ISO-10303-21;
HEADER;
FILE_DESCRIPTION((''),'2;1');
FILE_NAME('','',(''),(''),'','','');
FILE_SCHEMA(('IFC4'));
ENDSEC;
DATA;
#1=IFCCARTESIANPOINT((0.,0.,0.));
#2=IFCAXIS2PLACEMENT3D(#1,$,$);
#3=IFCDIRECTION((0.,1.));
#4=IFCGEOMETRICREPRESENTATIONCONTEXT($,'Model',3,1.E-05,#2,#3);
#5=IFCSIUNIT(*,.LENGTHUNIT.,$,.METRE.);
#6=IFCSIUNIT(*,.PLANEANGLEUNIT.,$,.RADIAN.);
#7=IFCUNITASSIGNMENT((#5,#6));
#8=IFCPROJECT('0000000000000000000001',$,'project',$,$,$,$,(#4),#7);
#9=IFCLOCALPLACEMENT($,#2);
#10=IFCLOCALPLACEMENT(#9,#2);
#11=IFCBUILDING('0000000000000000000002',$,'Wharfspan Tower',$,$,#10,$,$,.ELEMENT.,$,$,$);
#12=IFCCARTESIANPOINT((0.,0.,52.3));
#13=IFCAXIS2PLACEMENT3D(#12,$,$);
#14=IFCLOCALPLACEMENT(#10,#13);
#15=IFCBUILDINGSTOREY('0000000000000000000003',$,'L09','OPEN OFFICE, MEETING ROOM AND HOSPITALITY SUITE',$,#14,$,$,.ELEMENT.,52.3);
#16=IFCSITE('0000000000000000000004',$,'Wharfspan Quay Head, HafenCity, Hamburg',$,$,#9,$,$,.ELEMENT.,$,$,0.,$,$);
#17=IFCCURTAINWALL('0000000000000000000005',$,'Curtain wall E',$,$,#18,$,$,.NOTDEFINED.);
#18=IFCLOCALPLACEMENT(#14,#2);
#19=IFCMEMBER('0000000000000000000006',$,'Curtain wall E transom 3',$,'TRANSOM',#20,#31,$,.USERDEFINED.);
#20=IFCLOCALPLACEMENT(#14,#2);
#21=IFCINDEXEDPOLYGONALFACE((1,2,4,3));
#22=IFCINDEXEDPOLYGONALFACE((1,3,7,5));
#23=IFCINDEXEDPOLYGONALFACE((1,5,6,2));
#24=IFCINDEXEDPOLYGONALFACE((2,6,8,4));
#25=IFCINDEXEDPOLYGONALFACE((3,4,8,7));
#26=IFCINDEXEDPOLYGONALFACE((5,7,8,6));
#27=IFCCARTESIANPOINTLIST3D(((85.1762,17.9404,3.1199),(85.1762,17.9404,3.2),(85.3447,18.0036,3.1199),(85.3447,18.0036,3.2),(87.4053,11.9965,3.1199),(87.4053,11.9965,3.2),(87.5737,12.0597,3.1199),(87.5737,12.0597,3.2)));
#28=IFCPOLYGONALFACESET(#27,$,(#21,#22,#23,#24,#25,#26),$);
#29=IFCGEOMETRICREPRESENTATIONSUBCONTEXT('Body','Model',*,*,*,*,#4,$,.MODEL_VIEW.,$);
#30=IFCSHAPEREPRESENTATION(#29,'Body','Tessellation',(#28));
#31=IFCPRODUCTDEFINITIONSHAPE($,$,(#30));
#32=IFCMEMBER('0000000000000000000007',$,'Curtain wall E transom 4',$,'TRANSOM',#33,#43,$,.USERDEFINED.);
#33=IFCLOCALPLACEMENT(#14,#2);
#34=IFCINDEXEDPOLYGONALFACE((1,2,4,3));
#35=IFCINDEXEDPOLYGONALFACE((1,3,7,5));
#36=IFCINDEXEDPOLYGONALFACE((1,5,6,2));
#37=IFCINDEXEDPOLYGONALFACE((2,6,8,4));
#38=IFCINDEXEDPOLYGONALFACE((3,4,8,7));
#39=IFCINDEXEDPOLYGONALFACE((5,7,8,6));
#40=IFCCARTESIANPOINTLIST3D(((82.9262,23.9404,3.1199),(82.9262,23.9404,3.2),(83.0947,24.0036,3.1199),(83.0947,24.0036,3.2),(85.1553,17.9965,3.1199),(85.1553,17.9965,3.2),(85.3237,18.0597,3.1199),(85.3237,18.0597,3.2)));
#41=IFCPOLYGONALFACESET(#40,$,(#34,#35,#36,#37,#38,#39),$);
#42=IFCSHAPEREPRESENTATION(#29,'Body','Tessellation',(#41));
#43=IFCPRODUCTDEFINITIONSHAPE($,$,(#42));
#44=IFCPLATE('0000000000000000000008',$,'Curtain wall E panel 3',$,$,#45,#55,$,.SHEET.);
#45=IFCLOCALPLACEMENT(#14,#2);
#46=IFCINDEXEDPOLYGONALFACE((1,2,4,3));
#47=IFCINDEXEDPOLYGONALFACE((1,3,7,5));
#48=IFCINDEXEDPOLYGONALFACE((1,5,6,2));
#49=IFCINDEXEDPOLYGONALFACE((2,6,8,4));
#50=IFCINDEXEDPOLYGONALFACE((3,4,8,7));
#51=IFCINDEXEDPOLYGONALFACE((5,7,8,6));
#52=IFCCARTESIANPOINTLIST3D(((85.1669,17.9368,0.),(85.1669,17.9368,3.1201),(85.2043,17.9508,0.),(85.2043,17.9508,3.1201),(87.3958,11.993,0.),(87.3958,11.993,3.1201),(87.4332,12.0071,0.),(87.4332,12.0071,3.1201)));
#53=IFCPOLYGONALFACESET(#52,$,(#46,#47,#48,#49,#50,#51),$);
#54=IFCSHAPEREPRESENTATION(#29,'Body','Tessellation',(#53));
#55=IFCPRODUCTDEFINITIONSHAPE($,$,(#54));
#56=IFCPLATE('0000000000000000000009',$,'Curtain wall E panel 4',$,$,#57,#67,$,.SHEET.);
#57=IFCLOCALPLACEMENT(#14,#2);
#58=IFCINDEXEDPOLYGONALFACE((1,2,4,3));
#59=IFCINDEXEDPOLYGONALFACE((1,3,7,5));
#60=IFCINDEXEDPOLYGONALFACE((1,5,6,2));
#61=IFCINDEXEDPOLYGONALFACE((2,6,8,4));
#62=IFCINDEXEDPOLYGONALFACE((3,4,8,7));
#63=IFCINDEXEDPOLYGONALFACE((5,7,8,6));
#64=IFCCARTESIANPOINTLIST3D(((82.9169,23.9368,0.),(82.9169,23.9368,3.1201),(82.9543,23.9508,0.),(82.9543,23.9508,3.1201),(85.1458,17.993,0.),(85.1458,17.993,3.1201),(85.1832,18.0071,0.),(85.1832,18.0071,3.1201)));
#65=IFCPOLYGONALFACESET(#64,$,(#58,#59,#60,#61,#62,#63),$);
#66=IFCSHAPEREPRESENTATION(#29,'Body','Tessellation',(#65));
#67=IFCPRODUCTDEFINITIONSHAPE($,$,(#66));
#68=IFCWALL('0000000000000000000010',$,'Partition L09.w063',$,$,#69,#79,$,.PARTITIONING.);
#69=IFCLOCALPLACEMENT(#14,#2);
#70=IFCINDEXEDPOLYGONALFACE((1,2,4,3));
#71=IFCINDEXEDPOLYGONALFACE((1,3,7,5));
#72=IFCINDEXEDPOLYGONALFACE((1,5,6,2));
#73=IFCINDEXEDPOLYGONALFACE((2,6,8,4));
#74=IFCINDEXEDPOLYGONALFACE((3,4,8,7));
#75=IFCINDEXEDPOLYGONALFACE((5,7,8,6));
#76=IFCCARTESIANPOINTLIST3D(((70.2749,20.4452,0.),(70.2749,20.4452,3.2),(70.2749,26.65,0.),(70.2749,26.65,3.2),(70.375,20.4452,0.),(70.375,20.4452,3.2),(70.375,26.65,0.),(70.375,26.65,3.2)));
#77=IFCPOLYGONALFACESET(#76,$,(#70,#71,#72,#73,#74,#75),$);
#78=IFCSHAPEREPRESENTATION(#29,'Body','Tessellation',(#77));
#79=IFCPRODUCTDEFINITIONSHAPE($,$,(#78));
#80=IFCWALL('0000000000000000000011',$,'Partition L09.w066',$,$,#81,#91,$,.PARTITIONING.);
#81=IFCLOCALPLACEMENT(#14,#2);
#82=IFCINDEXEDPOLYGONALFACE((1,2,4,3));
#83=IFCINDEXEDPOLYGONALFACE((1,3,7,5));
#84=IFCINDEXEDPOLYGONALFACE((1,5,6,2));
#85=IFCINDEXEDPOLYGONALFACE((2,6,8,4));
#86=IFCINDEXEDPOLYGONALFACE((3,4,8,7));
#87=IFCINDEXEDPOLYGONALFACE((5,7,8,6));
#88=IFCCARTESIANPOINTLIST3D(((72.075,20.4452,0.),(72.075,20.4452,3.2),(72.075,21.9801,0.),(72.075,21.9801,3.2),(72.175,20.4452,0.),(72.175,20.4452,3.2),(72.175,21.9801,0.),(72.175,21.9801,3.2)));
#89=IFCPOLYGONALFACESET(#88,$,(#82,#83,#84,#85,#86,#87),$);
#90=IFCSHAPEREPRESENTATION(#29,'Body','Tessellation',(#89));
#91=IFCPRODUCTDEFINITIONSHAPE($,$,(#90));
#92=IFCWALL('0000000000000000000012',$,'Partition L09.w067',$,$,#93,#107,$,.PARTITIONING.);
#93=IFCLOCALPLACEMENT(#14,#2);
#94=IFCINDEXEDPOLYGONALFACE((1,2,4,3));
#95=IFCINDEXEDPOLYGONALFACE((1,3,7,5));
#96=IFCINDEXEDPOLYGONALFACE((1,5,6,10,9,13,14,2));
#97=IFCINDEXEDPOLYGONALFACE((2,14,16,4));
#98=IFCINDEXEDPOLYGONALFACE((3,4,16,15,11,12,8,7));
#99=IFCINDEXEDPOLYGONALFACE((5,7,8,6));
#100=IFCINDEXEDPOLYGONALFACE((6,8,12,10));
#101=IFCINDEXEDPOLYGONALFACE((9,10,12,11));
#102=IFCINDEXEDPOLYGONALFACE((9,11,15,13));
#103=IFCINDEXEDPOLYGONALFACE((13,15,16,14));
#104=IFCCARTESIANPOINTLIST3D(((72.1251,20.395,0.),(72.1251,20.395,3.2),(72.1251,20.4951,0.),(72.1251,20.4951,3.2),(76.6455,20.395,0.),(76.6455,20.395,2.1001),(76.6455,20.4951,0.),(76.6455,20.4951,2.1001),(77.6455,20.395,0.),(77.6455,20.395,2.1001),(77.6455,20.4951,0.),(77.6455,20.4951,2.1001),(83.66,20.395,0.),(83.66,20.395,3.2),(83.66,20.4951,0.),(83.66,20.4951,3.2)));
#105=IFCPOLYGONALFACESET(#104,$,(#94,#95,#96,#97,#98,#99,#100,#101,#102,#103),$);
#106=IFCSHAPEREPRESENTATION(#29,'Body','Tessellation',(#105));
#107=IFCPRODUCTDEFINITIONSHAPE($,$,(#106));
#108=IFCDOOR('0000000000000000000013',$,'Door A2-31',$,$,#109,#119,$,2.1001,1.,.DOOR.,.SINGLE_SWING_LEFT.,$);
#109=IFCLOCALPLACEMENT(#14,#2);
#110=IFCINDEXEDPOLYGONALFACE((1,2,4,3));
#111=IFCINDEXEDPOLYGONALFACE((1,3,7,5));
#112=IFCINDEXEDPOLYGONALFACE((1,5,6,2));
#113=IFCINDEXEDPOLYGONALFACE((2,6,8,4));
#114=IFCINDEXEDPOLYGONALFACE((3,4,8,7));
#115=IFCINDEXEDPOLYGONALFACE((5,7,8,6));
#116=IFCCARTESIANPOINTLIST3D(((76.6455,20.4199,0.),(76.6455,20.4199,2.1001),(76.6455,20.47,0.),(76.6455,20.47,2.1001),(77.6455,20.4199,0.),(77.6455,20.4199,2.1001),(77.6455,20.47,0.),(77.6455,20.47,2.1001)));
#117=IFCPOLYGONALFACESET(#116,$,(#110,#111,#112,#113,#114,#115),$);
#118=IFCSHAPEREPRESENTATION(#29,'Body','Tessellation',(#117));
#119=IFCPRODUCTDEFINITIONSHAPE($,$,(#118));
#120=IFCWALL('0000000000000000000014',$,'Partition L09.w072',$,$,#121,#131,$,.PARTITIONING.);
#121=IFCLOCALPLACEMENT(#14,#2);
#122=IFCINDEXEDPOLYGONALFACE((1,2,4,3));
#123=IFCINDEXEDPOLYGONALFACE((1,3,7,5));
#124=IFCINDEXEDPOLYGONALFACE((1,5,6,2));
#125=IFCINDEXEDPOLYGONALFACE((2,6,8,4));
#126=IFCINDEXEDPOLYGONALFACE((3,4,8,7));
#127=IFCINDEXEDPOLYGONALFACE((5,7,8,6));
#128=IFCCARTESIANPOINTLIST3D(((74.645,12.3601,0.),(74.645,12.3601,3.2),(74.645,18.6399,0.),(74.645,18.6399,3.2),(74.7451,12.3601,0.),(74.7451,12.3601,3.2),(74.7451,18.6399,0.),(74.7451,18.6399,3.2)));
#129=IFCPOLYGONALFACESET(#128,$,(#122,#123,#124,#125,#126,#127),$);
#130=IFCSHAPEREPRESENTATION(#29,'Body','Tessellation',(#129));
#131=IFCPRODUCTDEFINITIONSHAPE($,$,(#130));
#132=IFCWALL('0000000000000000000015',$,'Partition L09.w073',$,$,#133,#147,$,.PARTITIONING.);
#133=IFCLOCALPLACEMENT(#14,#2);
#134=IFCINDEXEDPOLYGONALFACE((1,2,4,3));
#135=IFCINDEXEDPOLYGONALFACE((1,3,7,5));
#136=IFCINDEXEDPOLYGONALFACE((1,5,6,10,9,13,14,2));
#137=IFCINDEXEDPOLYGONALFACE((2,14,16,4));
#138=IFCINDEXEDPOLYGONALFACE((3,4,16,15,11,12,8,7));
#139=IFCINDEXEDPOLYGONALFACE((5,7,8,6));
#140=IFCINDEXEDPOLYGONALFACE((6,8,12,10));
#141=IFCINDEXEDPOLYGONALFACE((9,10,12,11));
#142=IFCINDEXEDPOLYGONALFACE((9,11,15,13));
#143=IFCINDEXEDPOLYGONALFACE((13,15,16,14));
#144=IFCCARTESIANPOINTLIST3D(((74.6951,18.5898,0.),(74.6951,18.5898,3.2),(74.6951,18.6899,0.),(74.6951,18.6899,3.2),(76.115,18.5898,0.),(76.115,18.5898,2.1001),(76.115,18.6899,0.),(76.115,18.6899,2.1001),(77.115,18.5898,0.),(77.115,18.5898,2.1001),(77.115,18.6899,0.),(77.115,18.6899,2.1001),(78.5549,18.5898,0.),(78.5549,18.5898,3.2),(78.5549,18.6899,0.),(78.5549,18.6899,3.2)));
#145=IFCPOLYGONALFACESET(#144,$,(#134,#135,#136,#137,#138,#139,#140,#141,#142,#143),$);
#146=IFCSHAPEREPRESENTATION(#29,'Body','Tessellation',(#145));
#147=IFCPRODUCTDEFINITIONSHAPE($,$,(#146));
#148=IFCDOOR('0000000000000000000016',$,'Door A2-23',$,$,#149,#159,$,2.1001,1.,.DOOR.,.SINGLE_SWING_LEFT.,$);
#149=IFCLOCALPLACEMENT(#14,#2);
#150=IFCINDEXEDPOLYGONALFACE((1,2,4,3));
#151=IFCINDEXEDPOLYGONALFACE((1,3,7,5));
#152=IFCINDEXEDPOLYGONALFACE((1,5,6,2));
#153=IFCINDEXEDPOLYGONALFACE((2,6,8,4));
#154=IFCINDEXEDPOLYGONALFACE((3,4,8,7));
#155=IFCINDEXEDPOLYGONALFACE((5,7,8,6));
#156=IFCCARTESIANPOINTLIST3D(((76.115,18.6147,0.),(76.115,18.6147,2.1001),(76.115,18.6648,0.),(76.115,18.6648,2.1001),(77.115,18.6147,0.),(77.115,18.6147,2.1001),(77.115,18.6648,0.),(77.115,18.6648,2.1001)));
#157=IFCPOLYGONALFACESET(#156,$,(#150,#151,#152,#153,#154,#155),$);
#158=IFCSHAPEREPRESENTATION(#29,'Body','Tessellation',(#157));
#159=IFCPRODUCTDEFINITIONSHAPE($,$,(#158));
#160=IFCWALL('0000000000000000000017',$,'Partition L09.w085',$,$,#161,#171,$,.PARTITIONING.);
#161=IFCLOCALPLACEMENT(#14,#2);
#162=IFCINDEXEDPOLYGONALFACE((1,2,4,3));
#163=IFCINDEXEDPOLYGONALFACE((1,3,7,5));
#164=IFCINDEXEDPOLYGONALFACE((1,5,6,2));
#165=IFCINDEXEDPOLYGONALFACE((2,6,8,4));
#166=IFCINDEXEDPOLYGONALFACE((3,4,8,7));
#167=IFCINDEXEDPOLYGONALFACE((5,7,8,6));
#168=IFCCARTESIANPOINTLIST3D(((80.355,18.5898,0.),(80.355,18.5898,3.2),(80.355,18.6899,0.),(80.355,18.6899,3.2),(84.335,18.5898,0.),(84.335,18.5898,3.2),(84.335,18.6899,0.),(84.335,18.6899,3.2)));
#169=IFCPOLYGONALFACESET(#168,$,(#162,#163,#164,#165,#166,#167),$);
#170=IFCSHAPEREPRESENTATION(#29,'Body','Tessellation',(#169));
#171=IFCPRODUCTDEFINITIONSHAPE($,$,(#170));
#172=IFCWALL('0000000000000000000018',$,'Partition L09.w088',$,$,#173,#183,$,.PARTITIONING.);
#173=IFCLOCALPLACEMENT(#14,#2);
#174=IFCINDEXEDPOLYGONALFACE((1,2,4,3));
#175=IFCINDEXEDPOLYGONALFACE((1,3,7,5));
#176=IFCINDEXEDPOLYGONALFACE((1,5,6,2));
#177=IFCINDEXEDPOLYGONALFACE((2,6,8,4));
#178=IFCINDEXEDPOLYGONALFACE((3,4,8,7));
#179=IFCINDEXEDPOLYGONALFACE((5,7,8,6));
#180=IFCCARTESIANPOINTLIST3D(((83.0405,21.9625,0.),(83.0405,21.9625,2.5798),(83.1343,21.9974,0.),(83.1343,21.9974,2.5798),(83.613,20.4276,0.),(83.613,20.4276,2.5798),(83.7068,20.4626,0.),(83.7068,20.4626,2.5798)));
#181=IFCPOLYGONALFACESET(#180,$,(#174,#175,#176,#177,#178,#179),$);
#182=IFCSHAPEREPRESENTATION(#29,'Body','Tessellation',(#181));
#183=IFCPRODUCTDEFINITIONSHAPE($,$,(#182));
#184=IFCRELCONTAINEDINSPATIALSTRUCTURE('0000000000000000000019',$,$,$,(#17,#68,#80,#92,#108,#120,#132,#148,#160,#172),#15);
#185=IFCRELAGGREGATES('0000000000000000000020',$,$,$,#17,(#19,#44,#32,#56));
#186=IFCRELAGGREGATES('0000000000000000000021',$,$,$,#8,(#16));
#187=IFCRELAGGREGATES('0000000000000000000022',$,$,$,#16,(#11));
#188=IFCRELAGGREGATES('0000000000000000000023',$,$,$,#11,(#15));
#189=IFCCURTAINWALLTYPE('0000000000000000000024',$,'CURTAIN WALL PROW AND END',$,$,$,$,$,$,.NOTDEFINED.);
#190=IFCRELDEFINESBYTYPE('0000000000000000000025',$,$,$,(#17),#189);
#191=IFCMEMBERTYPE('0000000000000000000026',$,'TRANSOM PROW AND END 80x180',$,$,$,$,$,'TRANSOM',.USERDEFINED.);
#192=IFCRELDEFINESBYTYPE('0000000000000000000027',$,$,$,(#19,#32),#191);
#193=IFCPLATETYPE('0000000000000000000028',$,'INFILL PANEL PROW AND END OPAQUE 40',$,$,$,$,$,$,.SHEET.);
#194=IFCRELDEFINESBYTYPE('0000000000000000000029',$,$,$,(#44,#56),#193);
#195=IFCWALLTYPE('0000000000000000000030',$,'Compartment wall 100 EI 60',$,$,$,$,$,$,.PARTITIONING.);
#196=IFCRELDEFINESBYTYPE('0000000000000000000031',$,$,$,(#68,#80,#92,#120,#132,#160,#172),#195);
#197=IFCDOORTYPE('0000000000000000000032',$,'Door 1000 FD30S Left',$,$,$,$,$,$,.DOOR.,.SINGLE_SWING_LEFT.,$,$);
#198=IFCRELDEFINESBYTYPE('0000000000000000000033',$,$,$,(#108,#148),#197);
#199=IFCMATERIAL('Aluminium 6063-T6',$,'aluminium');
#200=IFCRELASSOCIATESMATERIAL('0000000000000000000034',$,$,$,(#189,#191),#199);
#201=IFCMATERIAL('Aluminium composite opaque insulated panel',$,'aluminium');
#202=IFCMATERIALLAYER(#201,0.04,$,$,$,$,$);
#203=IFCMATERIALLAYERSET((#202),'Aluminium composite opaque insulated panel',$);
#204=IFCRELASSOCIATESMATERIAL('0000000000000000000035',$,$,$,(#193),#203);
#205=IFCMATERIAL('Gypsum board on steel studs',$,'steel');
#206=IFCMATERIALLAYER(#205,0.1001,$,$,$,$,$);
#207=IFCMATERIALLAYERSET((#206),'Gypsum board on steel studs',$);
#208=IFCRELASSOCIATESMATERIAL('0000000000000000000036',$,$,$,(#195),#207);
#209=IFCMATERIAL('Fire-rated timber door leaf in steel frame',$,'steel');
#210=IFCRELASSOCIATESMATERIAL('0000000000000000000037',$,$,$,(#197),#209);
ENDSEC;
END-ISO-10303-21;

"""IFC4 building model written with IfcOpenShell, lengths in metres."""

from ifc_helpers import new_model, si_unit, direction, frame, frame_2d, origin, origin_2d, place, context, subcontext, project, spatial, rectangle, extrude, material, layer, layer_set, material_profile, profile_set, type_object, element, fill, aggregate, save


model = new_model("IFC4")

# Units and contexts
model_context = context("Model", 3, precision=1e-05, world=origin(), true_north=direction((0.0, 1.0)))
body_context = subcontext(model_context, "Body", "Model", "MODEL_VIEW")
ifc_project = project(units=[si_unit("LENGTHUNIT", "METRE"), si_unit("PLANEANGLEUNIT", "RADIAN")], contexts=[model_context])

# Site, building, storey
site_placement = place(None, origin())
site = spatial("IfcSite", under=ifc_project, at=site_placement, Name="Wharfspan Quay Head, HafenCity, Hamburg", CompositionType="ELEMENT", RefElevation=0.0)
building_placement = place(site_placement, origin())
building = spatial("IfcBuilding", under=site, at=building_placement, Name="Wharfspan Tower", CompositionType="ELEMENT")
storey_placement = place(building_placement, frame((0.0, 0.0, 52.3)))
storey = spatial("IfcBuildingStorey", under=building, at=storey_placement, Name="L09", Description="OPEN OFFICE, MEETING ROOM AND HOSPITALITY SUITE", CompositionType="ELEMENT", Elevation=52.3)

# Curtain wall
ifc_material_1 = material(Name="Aluminium 6063-T6", Category="aluminium")
curtain_wall_type = type_object("IfcCurtainWallType", Name="CURTAIN WALL PROW AND END", PredefinedType="NOTDEFINED", material=ifc_material_1)
curtain_wall_placement = place(storey_placement, origin())
curtain_wall = element("IfcCurtainWall", 1, at=curtain_wall_placement, inside=storey, type_object=curtain_wall_type, Name="Curtain wall E", PredefinedType="NOTDEFINED")

# Members
ifc_material_profile_1 = material_profile(ifc_material_1, rectangle(XDim=0.1799, YDim=0.0801, at=origin_2d()))
ifc_profile_set_1 = profile_set([ifc_material_profile_1], Name="Aluminium 6063-T6")
member_type_1 = type_object("IfcMemberType", Name="TRANSOM PROW AND END 80x180", ElementType="TRANSOM", PredefinedType="USERDEFINED", material=ifc_profile_set_1)
member_1_placement = place(storey_placement, frame((87.4895, 12.0281, 3.1599), z_axis=(-0.351132, 0.936326, 0.0), x_axis=(-0.936326, -0.351132, 0.0)))
member_1 = element("IfcMember", 2, at=member_1_placement, type_object=member_type_1, Name="Curtain wall E transom 3", ObjectType="TRANSOM", PredefinedType="USERDEFINED", context=body_context, shape_type="SweptSolid", body=[
    extrude(rectangle(XDim=0.1799, YDim=0.0801, at=origin_2d()), origin(), (0.0, 0.0, 1.0), 6.3481),
])
member_2_placement = place(storey_placement, frame((85.2395, 18.0281, 3.1599), z_axis=(-0.351132, 0.936326, 0.0), x_axis=(-0.936326, -0.351132, 0.0)))
member_2 = element("IfcMember", 3, at=member_2_placement, type_object=member_type_1, Name="Curtain wall E transom 4", ObjectType="TRANSOM", PredefinedType="USERDEFINED", context=body_context, shape_type="SweptSolid", body=[
    extrude(rectangle(XDim=0.1799, YDim=0.0801, at=origin_2d()), origin(), (0.0, 0.0, 1.0), 6.3481),
])

# Plates
ifc_material_2 = material(Name="Aluminium composite opaque insulated panel", Category="aluminium")
ifc_layer_1 = layer(ifc_material_2, 0.04)
ifc_layer_set_1 = layer_set([ifc_layer_1], Name="Aluminium composite opaque insulated panel")
plate_type = type_object("IfcPlateType", Name="INFILL PANEL PROW AND END OPAQUE 40", PredefinedType="SHEET", material=ifc_layer_set_1)
plate_1_placement = place(storey_placement, frame((86.3, 14.9719, 0.0), z_axis=(0.0, 0.0, 1.0), x_axis=(-0.351123, 0.936328, 0.0)))
plate_1 = element("IfcPlate", 4, at=plate_1_placement, type_object=plate_type, Name="Curtain wall E panel 3", PredefinedType="SHEET", context=body_context, shape_type="SweptSolid", body=[
    extrude(rectangle(XDim=6.3479, YDim=0.04, at=origin_2d()), origin(), (0.0, 0.0, 1.0), 3.1201),
])
plate_2_placement = place(storey_placement, frame((84.05, 20.9719, 0.0), z_axis=(0.0, 0.0, 1.0), x_axis=(-0.351123, 0.936328, 0.0)))
plate_2 = element("IfcPlate", 5, at=plate_2_placement, type_object=plate_type, Name="Curtain wall E panel 4", PredefinedType="SHEET", context=body_context, shape_type="SweptSolid", body=[
    extrude(rectangle(XDim=6.3479, YDim=0.04, at=origin_2d()), origin(), (0.0, 0.0, 1.0), 3.1201),
])
aggregate(curtain_wall, [member_1, plate_1, member_2, plate_2])

# Walls
ifc_material_3 = material(Name="Gypsum board on steel studs", Category="steel")
ifc_layer_2 = layer(ifc_material_3, 0.1001)
ifc_layer_set_2 = layer_set([ifc_layer_2], Name="Gypsum board on steel studs")
wall_type_1 = type_object("IfcWallType", Name="Compartment wall 100 EI 60", PredefinedType="PARTITIONING", material=ifc_layer_set_2)
wall_1_placement = place(storey_placement, frame((70.325, 20.4451, 0.0), z_axis=(0.0, 0.0, 1.0), x_axis=(0.0, 1.0, 0.0)))
element("IfcWall", 6, at=wall_1_placement, inside=storey, type_object=wall_type_1, Name="Partition L09.w063", PredefinedType="PARTITIONING", context=body_context, shape_type="SweptSolid", body=[
    extrude(rectangle(XDim=6.2048, YDim=0.1001, at=frame_2d((3.1025, 0.0))), origin(), (0.0, 0.0, 1.0), 3.2),
])
wall_2_placement = place(storey_placement, frame((72.125, 20.4451, 0.0), z_axis=(0.0, 0.0, 1.0), x_axis=(0.0, 1.0, 0.0)))
element("IfcWall", 7, at=wall_2_placement, inside=storey, type_object=wall_type_1, Name="Partition L09.w066", PredefinedType="PARTITIONING", context=body_context, shape_type="SweptSolid", body=[
    extrude(rectangle(XDim=1.5349, YDim=0.1001, at=frame_2d((0.7676, 0.0))), origin(), (0.0, 0.0, 1.0), 3.2),
])

# Wall, opening, door
wall_3_placement = place(storey_placement, frame((72.125, 20.4451, 0.0), z_axis=(0.0, 0.0, 1.0), x_axis=(1.0, 0.0, 0.0)))
wall_3 = element("IfcWall", 8, at=wall_3_placement, inside=storey, type_object=wall_type_1, Name="Partition L09.w067", PredefinedType="PARTITIONING", context=body_context, shape_type="SweptSolid", body=[
    extrude(rectangle(XDim=11.5349, YDim=0.1001, at=frame_2d((5.7676, 0.0))), origin(), (0.0, 0.0, 1.0), 3.2),
])
opening_1_placement = place(wall_3_placement, frame((4.5205, 0.0, 0.0)))
opening_1 = element("IfcOpeningElement", 9, at=opening_1_placement, cuts=wall_3, PredefinedType="OPENING", context=body_context, shape_type="SweptSolid", body=[
    extrude(rectangle(XDim=1.0, YDim=2.1001, at=frame_2d((0.5, 1.05))), frame((0.0, 0.0601, 0.0), z_axis=(0.0, -1.0, 0.0), x_axis=(1.0, 0.0, 0.0)), (0.0, 0.0, 1.0), 0.1201),
])
ifc_material_4 = material(Name="Fire-rated timber door leaf in steel frame", Category="steel")
door_type_1 = type_object("IfcDoorType", Name="Door 1000 FD30S Left", OperationType="SINGLE_SWING_LEFT", PredefinedType="DOOR", material=ifc_material_4)
door_1_placement = place(opening_1_placement, origin())
door_1 = element("IfcDoor", 10, at=door_1_placement, inside=storey, type_object=door_type_1, Name="Door A2-31", OperationType="SINGLE_SWING_LEFT", OverallHeight=2.1001, OverallWidth=1.0, PredefinedType="DOOR", context=body_context, shape_type="SweptSolid", body=[
    extrude(rectangle(XDim=1.0, YDim=2.1001, at=frame_2d((0.5, 1.05))), frame((0.0, 0.0249, 0.0), z_axis=(0.0, -1.0, 0.0), x_axis=(1.0, 0.0, 0.0)), (0.0, 0.0, 1.0), 0.05),
])
fill(opening_1, door_1)

# Wall
wall_4_placement = place(storey_placement, frame((74.6951, 12.3601, 0.0), z_axis=(0.0, 0.0, 1.0), x_axis=(0.0, 1.0, 0.0)))
element("IfcWall", 11, at=wall_4_placement, inside=storey, type_object=wall_type_1, Name="Partition L09.w072", PredefinedType="PARTITIONING", context=body_context, shape_type="SweptSolid", body=[
    extrude(rectangle(XDim=6.2798, YDim=0.1001, at=frame_2d((3.1399, 0.0))), origin(), (0.0, 0.0, 1.0), 3.2),
])

# Wall, opening, door
wall_5_placement = place(storey_placement, frame((74.6951, 18.6399, 0.0), z_axis=(0.0, 0.0, 1.0), x_axis=(1.0, 0.0, 0.0)))
wall_5 = element("IfcWall", 12, at=wall_5_placement, inside=storey, type_object=wall_type_1, Name="Partition L09.w073", PredefinedType="PARTITIONING", context=body_context, shape_type="SweptSolid", body=[
    extrude(rectangle(XDim=3.8599, YDim=0.1001, at=frame_2d((1.9299, 0.0))), origin(), (0.0, 0.0, 1.0), 3.2),
])
opening_2_placement = place(wall_5_placement, frame((1.4199, 0.0, 0.0)))
opening_2 = element("IfcOpeningElement", 13, at=opening_2_placement, cuts=wall_5, PredefinedType="OPENING", context=body_context, shape_type="SweptSolid", body=[
    extrude(rectangle(XDim=1.0, YDim=2.1001, at=frame_2d((0.5, 1.05))), frame((0.0, 0.0601, 0.0), z_axis=(0.0, -1.0, 0.0), x_axis=(1.0, 0.0, 0.0)), (0.0, 0.0, 1.0), 0.1201),
])
door_2_placement = place(opening_2_placement, origin())
door_2 = element("IfcDoor", 14, at=door_2_placement, inside=storey, type_object=door_type_1, Name="Door A2-23", OperationType="SINGLE_SWING_LEFT", OverallHeight=2.1001, OverallWidth=1.0, PredefinedType="DOOR", context=body_context, shape_type="SweptSolid", body=[
    extrude(rectangle(XDim=1.0, YDim=2.1001, at=frame_2d((0.5, 1.05))), frame((0.0, 0.0249, 0.0), z_axis=(0.0, -1.0, 0.0), x_axis=(1.0, 0.0, 0.0)), (0.0, 0.0, 1.0), 0.05),
])
fill(opening_2, door_2)

# Walls
wall_6_placement = place(storey_placement, frame((80.355, 18.6399, 0.0), z_axis=(0.0, 0.0, 1.0), x_axis=(1.0, 0.0, 0.0)))
element("IfcWall", 15, at=wall_6_placement, inside=storey, type_object=wall_type_1, Name="Partition L09.w085", PredefinedType="PARTITIONING", context=body_context, shape_type="SweptSolid", body=[
    extrude(rectangle(XDim=3.98, YDim=0.1001, at=frame_2d((1.99, 0.0))), origin(), (0.0, 0.0, 1.0), 3.2),
])
wall_7_placement = place(storey_placement, frame((83.6599, 20.4451, 0.0), z_axis=(0.0, 0.0, 1.0), x_axis=(-0.349474, 0.936948, 0.0)))
element("IfcWall", 16, at=wall_7_placement, inside=storey, type_object=wall_type_1, Name="Partition L09.w088", PredefinedType="PARTITIONING", context=body_context, shape_type="SweptSolid", body=[
    extrude(rectangle(XDim=1.6382, YDim=0.1001, at=frame_2d((0.8191, 0.0))), origin(), (0.0, 0.0, 1.0), 2.5798),
])

save(model, "model.ifc")
